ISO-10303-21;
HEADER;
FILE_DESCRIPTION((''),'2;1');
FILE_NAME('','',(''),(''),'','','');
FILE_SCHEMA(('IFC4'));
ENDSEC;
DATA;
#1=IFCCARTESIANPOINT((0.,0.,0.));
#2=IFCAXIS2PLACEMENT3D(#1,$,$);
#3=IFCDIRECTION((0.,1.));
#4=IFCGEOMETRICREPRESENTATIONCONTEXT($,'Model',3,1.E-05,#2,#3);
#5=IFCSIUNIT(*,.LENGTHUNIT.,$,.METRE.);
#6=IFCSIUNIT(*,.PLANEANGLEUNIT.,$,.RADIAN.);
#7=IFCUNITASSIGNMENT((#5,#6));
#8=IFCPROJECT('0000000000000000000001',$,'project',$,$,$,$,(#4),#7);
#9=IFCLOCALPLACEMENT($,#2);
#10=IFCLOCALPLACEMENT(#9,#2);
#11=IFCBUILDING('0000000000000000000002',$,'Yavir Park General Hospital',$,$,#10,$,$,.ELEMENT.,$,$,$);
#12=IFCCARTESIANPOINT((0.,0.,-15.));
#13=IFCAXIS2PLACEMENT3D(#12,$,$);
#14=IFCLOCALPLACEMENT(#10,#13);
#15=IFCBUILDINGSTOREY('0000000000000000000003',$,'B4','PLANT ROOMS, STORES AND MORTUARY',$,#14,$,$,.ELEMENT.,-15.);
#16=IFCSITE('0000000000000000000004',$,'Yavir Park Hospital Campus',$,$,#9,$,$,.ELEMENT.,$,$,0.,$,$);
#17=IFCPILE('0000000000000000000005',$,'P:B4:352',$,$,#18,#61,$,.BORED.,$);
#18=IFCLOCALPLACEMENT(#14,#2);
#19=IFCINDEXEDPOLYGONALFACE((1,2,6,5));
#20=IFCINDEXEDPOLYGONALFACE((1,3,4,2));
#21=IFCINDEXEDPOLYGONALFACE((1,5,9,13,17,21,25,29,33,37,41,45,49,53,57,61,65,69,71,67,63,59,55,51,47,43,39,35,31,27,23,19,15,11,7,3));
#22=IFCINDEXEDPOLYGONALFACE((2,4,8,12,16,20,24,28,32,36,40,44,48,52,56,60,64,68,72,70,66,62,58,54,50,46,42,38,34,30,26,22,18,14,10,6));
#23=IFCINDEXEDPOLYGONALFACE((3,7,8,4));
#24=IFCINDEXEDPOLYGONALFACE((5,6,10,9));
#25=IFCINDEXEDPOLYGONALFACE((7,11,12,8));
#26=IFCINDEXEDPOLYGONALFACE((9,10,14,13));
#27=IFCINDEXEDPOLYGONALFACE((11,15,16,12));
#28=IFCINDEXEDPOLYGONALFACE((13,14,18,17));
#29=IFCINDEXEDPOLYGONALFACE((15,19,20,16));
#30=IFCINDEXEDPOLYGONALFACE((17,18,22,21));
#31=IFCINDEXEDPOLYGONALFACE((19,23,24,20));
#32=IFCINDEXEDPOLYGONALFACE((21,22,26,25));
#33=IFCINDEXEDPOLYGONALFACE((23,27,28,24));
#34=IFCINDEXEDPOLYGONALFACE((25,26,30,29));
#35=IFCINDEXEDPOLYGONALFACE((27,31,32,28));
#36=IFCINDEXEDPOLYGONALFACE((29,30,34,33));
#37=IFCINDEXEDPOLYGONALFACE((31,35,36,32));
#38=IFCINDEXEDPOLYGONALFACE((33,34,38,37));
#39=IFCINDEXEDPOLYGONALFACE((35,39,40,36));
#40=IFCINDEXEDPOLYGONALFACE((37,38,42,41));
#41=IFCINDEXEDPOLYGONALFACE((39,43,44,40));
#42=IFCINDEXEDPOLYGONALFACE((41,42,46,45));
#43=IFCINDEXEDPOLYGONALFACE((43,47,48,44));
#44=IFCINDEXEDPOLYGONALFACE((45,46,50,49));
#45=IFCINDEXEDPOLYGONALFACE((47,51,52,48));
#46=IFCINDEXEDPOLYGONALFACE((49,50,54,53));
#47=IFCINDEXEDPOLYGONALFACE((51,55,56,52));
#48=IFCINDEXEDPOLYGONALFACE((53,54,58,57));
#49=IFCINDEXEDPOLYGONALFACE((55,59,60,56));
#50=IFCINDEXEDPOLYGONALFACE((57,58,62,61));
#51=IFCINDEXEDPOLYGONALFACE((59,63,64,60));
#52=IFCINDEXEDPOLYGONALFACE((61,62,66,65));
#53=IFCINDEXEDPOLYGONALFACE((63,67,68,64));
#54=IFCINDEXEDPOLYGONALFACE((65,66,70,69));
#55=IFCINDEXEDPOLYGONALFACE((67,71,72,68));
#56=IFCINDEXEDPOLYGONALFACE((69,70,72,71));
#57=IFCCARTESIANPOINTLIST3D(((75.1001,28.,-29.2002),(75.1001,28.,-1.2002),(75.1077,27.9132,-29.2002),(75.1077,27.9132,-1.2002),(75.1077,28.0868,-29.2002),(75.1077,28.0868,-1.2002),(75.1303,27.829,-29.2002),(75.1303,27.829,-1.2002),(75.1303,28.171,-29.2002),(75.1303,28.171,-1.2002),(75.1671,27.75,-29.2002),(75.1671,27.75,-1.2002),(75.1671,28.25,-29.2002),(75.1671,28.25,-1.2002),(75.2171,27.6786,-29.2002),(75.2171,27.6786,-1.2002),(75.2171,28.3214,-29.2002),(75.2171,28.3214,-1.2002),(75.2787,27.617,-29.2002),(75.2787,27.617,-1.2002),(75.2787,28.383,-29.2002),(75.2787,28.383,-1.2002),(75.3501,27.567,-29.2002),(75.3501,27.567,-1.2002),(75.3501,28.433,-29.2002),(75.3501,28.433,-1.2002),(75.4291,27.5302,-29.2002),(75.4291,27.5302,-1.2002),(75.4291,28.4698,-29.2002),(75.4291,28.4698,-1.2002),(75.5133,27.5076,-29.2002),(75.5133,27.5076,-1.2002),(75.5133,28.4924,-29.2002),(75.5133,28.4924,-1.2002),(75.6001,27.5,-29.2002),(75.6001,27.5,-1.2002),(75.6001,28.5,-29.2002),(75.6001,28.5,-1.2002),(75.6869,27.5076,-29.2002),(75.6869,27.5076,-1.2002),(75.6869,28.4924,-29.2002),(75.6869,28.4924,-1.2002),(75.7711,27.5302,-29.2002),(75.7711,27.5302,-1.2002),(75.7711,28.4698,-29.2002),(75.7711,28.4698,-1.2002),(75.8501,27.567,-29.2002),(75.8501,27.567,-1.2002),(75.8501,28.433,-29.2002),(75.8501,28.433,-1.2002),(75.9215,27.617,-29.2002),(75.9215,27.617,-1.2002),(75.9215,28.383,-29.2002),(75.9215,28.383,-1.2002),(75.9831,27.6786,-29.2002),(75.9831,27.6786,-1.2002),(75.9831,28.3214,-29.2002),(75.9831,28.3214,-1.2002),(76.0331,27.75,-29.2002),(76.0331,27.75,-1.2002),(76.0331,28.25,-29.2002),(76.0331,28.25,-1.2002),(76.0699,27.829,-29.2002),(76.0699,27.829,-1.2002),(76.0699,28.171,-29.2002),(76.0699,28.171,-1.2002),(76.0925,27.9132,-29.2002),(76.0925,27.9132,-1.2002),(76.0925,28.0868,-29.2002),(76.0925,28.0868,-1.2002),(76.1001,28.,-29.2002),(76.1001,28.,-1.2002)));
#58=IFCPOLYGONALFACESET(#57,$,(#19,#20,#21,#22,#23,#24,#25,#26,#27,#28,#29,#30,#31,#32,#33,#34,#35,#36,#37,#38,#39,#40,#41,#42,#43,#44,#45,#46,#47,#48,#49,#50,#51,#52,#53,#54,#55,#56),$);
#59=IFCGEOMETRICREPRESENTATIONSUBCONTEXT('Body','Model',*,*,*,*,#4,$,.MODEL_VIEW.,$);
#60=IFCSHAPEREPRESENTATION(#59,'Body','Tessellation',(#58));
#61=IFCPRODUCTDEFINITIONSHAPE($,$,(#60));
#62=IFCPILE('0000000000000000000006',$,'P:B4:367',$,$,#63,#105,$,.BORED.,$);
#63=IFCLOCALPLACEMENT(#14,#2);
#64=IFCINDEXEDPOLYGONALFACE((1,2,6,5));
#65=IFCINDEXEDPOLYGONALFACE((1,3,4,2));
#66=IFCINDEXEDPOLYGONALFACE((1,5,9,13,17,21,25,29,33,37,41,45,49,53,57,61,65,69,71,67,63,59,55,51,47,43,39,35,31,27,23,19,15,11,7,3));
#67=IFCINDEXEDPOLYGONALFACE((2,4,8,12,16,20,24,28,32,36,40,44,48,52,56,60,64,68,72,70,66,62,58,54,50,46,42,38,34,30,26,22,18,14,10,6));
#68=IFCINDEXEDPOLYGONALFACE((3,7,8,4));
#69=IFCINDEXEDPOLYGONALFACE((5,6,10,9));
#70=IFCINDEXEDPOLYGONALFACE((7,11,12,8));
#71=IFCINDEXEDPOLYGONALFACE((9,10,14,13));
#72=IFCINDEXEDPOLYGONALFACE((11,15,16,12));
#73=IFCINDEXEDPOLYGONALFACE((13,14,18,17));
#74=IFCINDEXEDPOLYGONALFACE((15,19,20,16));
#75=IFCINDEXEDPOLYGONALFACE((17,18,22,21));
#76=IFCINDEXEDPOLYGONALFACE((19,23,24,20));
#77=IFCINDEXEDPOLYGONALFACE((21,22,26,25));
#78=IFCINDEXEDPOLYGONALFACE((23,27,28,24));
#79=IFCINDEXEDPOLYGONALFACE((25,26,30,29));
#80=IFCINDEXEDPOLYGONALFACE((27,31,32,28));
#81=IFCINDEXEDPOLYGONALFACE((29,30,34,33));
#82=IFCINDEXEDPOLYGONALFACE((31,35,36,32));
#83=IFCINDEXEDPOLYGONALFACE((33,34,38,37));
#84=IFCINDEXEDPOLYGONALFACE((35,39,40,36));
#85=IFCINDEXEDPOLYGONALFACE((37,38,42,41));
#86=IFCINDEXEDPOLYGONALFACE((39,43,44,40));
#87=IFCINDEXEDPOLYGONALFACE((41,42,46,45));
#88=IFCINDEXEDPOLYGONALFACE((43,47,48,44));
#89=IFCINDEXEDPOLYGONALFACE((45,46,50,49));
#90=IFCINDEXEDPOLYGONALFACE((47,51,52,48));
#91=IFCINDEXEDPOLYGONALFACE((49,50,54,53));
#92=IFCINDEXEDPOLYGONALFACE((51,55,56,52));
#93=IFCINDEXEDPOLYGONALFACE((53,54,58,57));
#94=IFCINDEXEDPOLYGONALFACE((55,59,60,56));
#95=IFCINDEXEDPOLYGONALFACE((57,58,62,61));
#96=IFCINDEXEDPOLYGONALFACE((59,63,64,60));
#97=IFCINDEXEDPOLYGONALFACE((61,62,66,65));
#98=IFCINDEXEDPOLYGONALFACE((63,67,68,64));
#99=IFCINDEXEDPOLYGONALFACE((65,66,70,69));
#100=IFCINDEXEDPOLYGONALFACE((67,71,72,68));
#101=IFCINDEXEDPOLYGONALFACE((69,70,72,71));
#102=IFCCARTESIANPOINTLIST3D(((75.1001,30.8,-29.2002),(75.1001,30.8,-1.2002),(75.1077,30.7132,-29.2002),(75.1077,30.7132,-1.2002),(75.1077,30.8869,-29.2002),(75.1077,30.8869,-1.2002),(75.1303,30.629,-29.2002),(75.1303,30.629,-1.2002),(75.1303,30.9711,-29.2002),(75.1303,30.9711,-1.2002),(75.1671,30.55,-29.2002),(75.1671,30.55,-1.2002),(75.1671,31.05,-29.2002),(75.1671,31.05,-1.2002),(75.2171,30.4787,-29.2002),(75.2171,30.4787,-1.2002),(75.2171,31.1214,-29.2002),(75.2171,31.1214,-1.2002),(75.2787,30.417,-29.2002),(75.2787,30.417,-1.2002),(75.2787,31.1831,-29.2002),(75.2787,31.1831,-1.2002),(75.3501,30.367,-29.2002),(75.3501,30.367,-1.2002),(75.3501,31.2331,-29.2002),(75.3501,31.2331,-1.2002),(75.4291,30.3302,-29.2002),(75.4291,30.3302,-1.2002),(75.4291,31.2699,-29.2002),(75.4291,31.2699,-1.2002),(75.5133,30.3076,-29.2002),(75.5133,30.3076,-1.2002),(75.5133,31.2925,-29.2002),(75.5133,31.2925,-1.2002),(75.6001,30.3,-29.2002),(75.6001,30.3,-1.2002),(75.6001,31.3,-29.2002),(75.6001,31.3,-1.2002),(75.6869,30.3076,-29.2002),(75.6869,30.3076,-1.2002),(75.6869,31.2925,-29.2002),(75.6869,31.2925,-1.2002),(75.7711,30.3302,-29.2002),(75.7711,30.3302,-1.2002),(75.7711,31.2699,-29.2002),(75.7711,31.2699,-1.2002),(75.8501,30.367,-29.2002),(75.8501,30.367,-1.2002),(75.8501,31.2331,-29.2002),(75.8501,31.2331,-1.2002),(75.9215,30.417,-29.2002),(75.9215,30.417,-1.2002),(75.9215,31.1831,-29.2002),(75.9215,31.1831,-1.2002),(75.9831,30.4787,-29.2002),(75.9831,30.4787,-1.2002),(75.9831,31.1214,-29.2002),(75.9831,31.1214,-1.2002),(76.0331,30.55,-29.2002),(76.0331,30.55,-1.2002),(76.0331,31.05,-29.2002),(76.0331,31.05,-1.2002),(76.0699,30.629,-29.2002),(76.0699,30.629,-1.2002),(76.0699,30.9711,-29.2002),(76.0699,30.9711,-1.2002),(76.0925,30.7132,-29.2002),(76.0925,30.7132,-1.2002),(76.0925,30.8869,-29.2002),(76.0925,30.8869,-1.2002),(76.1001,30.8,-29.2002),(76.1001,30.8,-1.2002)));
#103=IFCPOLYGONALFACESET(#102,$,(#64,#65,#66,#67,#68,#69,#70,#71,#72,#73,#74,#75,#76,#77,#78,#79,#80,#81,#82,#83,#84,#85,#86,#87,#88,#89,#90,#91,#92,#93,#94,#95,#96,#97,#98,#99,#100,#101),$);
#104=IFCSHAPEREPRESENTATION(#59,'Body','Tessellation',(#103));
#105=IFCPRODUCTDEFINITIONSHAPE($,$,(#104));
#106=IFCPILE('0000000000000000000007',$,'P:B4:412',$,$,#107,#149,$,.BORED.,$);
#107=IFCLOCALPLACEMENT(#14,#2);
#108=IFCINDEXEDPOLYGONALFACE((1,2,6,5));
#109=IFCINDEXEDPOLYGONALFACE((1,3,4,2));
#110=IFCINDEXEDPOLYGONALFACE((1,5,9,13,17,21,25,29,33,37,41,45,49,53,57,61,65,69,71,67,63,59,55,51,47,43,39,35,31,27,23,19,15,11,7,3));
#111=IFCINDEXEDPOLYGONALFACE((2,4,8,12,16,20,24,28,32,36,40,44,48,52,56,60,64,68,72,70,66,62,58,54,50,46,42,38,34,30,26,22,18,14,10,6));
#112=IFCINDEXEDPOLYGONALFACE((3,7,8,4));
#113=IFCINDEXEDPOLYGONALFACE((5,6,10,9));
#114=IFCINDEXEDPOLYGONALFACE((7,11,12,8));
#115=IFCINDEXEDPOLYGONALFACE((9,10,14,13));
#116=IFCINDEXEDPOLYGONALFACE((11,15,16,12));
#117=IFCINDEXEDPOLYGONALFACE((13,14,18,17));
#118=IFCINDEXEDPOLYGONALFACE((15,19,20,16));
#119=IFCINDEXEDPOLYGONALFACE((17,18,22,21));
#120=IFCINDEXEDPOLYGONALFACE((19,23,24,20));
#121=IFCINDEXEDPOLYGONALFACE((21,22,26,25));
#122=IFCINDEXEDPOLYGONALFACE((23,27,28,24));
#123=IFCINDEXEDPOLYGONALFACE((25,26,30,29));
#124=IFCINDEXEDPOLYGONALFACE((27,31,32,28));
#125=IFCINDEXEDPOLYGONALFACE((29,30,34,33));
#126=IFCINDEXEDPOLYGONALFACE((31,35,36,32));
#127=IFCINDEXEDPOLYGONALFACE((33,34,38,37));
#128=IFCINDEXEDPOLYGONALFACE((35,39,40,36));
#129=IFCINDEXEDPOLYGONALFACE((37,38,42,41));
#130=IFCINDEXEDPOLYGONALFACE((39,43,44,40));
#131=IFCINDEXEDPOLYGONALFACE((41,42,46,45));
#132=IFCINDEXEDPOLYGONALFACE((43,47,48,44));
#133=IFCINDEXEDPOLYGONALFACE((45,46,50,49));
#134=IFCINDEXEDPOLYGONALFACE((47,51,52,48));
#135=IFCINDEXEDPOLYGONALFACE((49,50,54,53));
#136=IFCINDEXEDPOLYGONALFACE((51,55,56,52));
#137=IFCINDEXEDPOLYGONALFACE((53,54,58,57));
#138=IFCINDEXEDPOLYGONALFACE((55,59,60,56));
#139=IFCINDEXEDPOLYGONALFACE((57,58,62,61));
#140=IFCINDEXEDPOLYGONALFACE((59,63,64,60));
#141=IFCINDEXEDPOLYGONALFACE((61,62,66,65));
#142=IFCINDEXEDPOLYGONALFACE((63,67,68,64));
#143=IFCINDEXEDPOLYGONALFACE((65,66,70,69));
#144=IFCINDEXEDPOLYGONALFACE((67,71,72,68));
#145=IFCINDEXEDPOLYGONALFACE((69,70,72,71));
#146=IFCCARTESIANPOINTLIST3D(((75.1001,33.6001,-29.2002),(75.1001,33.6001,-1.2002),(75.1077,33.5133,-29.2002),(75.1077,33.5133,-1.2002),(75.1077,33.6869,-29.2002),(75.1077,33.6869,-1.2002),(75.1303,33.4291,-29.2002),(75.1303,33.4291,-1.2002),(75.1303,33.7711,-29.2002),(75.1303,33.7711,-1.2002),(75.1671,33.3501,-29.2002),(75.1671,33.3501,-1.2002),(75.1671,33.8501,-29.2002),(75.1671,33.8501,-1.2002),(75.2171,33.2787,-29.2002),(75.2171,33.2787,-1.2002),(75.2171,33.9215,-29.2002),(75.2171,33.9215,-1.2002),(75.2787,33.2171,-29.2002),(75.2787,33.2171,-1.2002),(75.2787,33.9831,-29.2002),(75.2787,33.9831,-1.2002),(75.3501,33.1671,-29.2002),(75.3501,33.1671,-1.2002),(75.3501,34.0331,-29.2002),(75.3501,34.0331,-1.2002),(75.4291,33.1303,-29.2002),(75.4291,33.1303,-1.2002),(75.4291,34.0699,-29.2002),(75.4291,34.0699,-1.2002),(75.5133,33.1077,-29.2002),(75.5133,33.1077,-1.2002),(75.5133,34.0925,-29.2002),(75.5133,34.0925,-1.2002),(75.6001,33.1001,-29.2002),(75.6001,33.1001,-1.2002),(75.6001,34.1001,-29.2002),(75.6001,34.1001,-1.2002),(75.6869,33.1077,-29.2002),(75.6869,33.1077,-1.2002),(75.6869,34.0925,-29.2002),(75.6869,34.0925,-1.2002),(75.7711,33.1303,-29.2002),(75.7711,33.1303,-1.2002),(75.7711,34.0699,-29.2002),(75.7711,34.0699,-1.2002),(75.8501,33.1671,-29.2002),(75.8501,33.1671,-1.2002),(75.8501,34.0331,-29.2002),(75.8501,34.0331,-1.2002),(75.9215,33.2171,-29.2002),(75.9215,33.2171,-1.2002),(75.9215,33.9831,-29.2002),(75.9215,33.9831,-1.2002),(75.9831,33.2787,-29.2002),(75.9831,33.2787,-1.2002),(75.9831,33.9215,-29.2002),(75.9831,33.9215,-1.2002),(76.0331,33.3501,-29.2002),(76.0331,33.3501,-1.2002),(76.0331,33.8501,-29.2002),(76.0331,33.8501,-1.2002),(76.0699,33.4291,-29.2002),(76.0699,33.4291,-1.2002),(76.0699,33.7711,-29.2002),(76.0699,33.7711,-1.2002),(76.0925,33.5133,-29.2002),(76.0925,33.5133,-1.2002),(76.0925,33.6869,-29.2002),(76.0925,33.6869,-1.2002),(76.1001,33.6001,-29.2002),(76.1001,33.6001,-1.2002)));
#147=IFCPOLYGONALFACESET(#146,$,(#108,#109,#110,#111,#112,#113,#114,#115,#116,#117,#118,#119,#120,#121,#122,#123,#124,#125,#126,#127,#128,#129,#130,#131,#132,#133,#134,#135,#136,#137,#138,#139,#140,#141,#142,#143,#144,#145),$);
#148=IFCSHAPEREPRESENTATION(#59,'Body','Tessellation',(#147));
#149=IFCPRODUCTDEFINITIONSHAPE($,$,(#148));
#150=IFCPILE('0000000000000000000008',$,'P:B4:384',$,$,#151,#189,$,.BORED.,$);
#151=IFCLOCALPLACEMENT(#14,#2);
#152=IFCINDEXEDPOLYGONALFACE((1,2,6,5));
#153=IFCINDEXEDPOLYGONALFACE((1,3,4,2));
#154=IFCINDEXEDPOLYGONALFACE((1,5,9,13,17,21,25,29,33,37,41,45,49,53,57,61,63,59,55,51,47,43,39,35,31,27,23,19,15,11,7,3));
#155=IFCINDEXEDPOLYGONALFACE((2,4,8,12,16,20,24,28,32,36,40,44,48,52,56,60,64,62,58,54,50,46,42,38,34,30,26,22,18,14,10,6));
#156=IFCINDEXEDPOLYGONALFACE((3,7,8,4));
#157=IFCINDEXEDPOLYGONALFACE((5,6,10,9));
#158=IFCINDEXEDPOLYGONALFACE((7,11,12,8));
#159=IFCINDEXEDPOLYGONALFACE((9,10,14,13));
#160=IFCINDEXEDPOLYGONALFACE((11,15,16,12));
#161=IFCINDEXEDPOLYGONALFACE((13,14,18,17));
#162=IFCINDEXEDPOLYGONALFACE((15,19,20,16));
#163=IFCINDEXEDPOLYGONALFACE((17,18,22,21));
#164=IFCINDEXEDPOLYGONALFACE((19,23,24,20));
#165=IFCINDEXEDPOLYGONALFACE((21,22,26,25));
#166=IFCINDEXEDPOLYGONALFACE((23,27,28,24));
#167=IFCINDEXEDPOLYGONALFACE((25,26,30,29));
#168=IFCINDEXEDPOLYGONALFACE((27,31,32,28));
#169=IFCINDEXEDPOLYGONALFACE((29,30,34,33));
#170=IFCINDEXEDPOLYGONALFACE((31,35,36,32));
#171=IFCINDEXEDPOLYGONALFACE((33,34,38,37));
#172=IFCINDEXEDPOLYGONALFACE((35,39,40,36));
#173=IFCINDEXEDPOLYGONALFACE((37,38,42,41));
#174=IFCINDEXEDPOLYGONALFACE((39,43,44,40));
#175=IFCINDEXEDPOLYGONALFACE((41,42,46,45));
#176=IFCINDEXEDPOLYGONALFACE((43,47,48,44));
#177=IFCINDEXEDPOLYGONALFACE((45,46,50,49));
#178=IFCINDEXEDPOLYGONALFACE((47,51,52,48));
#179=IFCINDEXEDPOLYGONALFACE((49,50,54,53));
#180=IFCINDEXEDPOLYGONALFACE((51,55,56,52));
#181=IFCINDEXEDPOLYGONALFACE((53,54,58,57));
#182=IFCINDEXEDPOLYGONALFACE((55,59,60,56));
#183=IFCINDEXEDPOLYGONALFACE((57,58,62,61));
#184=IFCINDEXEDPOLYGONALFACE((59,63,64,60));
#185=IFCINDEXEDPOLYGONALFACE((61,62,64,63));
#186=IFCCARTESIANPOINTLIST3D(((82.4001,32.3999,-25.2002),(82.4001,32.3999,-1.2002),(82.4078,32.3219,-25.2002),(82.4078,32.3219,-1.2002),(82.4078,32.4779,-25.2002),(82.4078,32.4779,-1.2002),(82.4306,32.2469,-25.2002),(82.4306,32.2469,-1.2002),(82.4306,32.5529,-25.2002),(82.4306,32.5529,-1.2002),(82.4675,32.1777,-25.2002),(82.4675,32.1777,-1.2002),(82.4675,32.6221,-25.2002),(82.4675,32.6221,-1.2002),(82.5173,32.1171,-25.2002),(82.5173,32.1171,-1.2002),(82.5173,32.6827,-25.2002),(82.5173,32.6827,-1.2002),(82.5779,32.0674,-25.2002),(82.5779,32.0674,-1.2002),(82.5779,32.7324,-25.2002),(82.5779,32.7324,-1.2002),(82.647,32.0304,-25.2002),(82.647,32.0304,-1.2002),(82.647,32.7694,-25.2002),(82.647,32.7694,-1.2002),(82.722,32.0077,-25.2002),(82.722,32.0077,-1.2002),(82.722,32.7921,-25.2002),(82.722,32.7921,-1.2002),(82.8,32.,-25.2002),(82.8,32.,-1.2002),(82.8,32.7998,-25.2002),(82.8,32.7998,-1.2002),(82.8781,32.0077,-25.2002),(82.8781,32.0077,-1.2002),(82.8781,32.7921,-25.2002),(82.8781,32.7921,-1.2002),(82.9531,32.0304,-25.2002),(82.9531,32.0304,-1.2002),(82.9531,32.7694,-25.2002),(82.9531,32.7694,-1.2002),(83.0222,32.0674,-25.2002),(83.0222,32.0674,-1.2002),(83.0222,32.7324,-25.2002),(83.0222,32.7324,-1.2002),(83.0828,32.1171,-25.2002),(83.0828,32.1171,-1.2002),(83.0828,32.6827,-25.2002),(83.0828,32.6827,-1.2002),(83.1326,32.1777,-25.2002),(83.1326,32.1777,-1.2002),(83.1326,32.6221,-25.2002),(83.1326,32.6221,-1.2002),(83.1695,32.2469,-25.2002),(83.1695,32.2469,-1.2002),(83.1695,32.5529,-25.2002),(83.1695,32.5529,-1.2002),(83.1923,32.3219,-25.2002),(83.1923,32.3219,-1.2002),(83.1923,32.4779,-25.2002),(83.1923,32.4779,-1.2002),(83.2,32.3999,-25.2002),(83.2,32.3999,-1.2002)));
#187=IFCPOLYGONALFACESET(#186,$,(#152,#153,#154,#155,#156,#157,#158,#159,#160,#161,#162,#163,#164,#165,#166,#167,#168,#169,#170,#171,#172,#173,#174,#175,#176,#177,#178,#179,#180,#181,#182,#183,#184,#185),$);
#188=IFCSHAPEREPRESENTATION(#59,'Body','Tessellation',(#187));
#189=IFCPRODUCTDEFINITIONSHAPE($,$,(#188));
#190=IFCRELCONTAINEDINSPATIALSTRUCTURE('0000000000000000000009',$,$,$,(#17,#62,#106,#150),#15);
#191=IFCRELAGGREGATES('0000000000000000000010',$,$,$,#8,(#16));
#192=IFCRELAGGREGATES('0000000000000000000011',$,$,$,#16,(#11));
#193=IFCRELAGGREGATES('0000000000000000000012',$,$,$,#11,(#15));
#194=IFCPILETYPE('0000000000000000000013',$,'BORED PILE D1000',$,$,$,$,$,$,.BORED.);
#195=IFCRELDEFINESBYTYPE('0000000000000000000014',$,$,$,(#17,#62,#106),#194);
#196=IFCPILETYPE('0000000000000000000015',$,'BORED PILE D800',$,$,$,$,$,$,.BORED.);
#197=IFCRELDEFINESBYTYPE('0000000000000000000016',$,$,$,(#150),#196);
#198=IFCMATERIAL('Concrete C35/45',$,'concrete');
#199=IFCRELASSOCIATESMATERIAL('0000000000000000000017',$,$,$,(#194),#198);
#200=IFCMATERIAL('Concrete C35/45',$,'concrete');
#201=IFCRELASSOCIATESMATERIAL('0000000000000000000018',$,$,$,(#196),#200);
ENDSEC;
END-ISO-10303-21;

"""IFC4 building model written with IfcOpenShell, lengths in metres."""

from ifc_helpers import new_model, si_unit, direction, frame, origin, origin_2d, place, context, subcontext, project, spatial, circle, extrude, material, material_profile, profile_set, type_object, element, save


model = new_model("IFC4")

# Units and contexts
model_context = context("Model", 3, precision=1e-05, world=origin(), true_north=direction((0.0, 1.0)))
body_context = subcontext(model_context, "Body", "Model", "MODEL_VIEW")
ifc_project = project(units=[si_unit("LENGTHUNIT", "METRE"), si_unit("PLANEANGLEUNIT", "RADIAN")], contexts=[model_context])

# Site, building, storey
site_placement = place(None, origin())
site = spatial("IfcSite", under=ifc_project, at=site_placement, Name="Yavir Park Hospital Campus", CompositionType="ELEMENT", RefElevation=0.0)
building_placement = place(site_placement, origin())
building = spatial("IfcBuilding", under=site, at=building_placement, Name="Yavir Park General Hospital", CompositionType="ELEMENT")
storey_placement = place(building_placement, frame((0.0, 0.0, -15.0)))
storey = spatial("IfcBuildingStorey", under=building, at=storey_placement, Name="B4", Description="PLANT ROOMS, STORES AND MORTUARY", CompositionType="ELEMENT", Elevation=-15.0)

# Piles
ifc_material_1 = material(Name="Concrete C35/45", Category="concrete")
ifc_material_profile_1 = material_profile(ifc_material_1, circle(Radius=0.5, at=origin_2d()), Name="D1000")
ifc_profile_set_1 = profile_set([ifc_material_profile_1], Name="Concrete C35/45")
pile_type_1 = type_object("IfcPileType", Name="BORED PILE D1000", PredefinedType="BORED", material=ifc_profile_set_1)
for number, where, z_axis, x_axis, name in (
    (1, (75.6001, 28.0, -1.2002), (0.0, 0.0, -1.0), (1.0, 0.0, 0.0), "P:B4:352"),
    (2, (75.6001, 30.8, -1.2002), (0.0, 0.0, -1.0), (1.0, 0.0, 0.0), "P:B4:367"),
    (3, (75.6001, 33.6001, -1.2002), (0.0, 0.0, -1.0), (1.0, 0.0, 0.0), "P:B4:412"),
):
    element("IfcPile", number, at=place(storey_placement, frame(where, z_axis=z_axis, x_axis=x_axis)), inside=storey, type_object=pile_type_1, Name=name, PredefinedType="BORED", context=body_context, shape_type="SweptSolid", body=[
        extrude(circle(Radius=0.5, at=origin_2d()), origin(), (0.0, 0.0, 1.0), 28.0),
    ])
ifc_material_2 = material(Name="Concrete C35/45", Category="concrete")
ifc_material_profile_2 = material_profile(ifc_material_2, circle(Radius=0.3999, at=origin_2d()), Name="D800")
ifc_profile_set_2 = profile_set([ifc_material_profile_2], Name="Concrete C35/45")
pile_type_2 = type_object("IfcPileType", Name="BORED PILE D800", PredefinedType="BORED", material=ifc_profile_set_2)
for number, where, z_axis, x_axis, name in (
    (4, (82.8, 32.3999, -1.2002), (0.0, 0.0, -1.0), (1.0, 0.0, 0.0), "P:B4:384"),
):
    element("IfcPile", number, at=place(storey_placement, frame(where, z_axis=z_axis, x_axis=x_axis)), inside=storey, type_object=pile_type_2, Name=name, PredefinedType="BORED", context=body_context, shape_type="SweptSolid", body=[
        extrude(circle(Radius=0.3999, at=origin_2d()), origin(), (0.0, 0.0, 1.0), 24.0),
    ])

save(model, "model.ifc")
